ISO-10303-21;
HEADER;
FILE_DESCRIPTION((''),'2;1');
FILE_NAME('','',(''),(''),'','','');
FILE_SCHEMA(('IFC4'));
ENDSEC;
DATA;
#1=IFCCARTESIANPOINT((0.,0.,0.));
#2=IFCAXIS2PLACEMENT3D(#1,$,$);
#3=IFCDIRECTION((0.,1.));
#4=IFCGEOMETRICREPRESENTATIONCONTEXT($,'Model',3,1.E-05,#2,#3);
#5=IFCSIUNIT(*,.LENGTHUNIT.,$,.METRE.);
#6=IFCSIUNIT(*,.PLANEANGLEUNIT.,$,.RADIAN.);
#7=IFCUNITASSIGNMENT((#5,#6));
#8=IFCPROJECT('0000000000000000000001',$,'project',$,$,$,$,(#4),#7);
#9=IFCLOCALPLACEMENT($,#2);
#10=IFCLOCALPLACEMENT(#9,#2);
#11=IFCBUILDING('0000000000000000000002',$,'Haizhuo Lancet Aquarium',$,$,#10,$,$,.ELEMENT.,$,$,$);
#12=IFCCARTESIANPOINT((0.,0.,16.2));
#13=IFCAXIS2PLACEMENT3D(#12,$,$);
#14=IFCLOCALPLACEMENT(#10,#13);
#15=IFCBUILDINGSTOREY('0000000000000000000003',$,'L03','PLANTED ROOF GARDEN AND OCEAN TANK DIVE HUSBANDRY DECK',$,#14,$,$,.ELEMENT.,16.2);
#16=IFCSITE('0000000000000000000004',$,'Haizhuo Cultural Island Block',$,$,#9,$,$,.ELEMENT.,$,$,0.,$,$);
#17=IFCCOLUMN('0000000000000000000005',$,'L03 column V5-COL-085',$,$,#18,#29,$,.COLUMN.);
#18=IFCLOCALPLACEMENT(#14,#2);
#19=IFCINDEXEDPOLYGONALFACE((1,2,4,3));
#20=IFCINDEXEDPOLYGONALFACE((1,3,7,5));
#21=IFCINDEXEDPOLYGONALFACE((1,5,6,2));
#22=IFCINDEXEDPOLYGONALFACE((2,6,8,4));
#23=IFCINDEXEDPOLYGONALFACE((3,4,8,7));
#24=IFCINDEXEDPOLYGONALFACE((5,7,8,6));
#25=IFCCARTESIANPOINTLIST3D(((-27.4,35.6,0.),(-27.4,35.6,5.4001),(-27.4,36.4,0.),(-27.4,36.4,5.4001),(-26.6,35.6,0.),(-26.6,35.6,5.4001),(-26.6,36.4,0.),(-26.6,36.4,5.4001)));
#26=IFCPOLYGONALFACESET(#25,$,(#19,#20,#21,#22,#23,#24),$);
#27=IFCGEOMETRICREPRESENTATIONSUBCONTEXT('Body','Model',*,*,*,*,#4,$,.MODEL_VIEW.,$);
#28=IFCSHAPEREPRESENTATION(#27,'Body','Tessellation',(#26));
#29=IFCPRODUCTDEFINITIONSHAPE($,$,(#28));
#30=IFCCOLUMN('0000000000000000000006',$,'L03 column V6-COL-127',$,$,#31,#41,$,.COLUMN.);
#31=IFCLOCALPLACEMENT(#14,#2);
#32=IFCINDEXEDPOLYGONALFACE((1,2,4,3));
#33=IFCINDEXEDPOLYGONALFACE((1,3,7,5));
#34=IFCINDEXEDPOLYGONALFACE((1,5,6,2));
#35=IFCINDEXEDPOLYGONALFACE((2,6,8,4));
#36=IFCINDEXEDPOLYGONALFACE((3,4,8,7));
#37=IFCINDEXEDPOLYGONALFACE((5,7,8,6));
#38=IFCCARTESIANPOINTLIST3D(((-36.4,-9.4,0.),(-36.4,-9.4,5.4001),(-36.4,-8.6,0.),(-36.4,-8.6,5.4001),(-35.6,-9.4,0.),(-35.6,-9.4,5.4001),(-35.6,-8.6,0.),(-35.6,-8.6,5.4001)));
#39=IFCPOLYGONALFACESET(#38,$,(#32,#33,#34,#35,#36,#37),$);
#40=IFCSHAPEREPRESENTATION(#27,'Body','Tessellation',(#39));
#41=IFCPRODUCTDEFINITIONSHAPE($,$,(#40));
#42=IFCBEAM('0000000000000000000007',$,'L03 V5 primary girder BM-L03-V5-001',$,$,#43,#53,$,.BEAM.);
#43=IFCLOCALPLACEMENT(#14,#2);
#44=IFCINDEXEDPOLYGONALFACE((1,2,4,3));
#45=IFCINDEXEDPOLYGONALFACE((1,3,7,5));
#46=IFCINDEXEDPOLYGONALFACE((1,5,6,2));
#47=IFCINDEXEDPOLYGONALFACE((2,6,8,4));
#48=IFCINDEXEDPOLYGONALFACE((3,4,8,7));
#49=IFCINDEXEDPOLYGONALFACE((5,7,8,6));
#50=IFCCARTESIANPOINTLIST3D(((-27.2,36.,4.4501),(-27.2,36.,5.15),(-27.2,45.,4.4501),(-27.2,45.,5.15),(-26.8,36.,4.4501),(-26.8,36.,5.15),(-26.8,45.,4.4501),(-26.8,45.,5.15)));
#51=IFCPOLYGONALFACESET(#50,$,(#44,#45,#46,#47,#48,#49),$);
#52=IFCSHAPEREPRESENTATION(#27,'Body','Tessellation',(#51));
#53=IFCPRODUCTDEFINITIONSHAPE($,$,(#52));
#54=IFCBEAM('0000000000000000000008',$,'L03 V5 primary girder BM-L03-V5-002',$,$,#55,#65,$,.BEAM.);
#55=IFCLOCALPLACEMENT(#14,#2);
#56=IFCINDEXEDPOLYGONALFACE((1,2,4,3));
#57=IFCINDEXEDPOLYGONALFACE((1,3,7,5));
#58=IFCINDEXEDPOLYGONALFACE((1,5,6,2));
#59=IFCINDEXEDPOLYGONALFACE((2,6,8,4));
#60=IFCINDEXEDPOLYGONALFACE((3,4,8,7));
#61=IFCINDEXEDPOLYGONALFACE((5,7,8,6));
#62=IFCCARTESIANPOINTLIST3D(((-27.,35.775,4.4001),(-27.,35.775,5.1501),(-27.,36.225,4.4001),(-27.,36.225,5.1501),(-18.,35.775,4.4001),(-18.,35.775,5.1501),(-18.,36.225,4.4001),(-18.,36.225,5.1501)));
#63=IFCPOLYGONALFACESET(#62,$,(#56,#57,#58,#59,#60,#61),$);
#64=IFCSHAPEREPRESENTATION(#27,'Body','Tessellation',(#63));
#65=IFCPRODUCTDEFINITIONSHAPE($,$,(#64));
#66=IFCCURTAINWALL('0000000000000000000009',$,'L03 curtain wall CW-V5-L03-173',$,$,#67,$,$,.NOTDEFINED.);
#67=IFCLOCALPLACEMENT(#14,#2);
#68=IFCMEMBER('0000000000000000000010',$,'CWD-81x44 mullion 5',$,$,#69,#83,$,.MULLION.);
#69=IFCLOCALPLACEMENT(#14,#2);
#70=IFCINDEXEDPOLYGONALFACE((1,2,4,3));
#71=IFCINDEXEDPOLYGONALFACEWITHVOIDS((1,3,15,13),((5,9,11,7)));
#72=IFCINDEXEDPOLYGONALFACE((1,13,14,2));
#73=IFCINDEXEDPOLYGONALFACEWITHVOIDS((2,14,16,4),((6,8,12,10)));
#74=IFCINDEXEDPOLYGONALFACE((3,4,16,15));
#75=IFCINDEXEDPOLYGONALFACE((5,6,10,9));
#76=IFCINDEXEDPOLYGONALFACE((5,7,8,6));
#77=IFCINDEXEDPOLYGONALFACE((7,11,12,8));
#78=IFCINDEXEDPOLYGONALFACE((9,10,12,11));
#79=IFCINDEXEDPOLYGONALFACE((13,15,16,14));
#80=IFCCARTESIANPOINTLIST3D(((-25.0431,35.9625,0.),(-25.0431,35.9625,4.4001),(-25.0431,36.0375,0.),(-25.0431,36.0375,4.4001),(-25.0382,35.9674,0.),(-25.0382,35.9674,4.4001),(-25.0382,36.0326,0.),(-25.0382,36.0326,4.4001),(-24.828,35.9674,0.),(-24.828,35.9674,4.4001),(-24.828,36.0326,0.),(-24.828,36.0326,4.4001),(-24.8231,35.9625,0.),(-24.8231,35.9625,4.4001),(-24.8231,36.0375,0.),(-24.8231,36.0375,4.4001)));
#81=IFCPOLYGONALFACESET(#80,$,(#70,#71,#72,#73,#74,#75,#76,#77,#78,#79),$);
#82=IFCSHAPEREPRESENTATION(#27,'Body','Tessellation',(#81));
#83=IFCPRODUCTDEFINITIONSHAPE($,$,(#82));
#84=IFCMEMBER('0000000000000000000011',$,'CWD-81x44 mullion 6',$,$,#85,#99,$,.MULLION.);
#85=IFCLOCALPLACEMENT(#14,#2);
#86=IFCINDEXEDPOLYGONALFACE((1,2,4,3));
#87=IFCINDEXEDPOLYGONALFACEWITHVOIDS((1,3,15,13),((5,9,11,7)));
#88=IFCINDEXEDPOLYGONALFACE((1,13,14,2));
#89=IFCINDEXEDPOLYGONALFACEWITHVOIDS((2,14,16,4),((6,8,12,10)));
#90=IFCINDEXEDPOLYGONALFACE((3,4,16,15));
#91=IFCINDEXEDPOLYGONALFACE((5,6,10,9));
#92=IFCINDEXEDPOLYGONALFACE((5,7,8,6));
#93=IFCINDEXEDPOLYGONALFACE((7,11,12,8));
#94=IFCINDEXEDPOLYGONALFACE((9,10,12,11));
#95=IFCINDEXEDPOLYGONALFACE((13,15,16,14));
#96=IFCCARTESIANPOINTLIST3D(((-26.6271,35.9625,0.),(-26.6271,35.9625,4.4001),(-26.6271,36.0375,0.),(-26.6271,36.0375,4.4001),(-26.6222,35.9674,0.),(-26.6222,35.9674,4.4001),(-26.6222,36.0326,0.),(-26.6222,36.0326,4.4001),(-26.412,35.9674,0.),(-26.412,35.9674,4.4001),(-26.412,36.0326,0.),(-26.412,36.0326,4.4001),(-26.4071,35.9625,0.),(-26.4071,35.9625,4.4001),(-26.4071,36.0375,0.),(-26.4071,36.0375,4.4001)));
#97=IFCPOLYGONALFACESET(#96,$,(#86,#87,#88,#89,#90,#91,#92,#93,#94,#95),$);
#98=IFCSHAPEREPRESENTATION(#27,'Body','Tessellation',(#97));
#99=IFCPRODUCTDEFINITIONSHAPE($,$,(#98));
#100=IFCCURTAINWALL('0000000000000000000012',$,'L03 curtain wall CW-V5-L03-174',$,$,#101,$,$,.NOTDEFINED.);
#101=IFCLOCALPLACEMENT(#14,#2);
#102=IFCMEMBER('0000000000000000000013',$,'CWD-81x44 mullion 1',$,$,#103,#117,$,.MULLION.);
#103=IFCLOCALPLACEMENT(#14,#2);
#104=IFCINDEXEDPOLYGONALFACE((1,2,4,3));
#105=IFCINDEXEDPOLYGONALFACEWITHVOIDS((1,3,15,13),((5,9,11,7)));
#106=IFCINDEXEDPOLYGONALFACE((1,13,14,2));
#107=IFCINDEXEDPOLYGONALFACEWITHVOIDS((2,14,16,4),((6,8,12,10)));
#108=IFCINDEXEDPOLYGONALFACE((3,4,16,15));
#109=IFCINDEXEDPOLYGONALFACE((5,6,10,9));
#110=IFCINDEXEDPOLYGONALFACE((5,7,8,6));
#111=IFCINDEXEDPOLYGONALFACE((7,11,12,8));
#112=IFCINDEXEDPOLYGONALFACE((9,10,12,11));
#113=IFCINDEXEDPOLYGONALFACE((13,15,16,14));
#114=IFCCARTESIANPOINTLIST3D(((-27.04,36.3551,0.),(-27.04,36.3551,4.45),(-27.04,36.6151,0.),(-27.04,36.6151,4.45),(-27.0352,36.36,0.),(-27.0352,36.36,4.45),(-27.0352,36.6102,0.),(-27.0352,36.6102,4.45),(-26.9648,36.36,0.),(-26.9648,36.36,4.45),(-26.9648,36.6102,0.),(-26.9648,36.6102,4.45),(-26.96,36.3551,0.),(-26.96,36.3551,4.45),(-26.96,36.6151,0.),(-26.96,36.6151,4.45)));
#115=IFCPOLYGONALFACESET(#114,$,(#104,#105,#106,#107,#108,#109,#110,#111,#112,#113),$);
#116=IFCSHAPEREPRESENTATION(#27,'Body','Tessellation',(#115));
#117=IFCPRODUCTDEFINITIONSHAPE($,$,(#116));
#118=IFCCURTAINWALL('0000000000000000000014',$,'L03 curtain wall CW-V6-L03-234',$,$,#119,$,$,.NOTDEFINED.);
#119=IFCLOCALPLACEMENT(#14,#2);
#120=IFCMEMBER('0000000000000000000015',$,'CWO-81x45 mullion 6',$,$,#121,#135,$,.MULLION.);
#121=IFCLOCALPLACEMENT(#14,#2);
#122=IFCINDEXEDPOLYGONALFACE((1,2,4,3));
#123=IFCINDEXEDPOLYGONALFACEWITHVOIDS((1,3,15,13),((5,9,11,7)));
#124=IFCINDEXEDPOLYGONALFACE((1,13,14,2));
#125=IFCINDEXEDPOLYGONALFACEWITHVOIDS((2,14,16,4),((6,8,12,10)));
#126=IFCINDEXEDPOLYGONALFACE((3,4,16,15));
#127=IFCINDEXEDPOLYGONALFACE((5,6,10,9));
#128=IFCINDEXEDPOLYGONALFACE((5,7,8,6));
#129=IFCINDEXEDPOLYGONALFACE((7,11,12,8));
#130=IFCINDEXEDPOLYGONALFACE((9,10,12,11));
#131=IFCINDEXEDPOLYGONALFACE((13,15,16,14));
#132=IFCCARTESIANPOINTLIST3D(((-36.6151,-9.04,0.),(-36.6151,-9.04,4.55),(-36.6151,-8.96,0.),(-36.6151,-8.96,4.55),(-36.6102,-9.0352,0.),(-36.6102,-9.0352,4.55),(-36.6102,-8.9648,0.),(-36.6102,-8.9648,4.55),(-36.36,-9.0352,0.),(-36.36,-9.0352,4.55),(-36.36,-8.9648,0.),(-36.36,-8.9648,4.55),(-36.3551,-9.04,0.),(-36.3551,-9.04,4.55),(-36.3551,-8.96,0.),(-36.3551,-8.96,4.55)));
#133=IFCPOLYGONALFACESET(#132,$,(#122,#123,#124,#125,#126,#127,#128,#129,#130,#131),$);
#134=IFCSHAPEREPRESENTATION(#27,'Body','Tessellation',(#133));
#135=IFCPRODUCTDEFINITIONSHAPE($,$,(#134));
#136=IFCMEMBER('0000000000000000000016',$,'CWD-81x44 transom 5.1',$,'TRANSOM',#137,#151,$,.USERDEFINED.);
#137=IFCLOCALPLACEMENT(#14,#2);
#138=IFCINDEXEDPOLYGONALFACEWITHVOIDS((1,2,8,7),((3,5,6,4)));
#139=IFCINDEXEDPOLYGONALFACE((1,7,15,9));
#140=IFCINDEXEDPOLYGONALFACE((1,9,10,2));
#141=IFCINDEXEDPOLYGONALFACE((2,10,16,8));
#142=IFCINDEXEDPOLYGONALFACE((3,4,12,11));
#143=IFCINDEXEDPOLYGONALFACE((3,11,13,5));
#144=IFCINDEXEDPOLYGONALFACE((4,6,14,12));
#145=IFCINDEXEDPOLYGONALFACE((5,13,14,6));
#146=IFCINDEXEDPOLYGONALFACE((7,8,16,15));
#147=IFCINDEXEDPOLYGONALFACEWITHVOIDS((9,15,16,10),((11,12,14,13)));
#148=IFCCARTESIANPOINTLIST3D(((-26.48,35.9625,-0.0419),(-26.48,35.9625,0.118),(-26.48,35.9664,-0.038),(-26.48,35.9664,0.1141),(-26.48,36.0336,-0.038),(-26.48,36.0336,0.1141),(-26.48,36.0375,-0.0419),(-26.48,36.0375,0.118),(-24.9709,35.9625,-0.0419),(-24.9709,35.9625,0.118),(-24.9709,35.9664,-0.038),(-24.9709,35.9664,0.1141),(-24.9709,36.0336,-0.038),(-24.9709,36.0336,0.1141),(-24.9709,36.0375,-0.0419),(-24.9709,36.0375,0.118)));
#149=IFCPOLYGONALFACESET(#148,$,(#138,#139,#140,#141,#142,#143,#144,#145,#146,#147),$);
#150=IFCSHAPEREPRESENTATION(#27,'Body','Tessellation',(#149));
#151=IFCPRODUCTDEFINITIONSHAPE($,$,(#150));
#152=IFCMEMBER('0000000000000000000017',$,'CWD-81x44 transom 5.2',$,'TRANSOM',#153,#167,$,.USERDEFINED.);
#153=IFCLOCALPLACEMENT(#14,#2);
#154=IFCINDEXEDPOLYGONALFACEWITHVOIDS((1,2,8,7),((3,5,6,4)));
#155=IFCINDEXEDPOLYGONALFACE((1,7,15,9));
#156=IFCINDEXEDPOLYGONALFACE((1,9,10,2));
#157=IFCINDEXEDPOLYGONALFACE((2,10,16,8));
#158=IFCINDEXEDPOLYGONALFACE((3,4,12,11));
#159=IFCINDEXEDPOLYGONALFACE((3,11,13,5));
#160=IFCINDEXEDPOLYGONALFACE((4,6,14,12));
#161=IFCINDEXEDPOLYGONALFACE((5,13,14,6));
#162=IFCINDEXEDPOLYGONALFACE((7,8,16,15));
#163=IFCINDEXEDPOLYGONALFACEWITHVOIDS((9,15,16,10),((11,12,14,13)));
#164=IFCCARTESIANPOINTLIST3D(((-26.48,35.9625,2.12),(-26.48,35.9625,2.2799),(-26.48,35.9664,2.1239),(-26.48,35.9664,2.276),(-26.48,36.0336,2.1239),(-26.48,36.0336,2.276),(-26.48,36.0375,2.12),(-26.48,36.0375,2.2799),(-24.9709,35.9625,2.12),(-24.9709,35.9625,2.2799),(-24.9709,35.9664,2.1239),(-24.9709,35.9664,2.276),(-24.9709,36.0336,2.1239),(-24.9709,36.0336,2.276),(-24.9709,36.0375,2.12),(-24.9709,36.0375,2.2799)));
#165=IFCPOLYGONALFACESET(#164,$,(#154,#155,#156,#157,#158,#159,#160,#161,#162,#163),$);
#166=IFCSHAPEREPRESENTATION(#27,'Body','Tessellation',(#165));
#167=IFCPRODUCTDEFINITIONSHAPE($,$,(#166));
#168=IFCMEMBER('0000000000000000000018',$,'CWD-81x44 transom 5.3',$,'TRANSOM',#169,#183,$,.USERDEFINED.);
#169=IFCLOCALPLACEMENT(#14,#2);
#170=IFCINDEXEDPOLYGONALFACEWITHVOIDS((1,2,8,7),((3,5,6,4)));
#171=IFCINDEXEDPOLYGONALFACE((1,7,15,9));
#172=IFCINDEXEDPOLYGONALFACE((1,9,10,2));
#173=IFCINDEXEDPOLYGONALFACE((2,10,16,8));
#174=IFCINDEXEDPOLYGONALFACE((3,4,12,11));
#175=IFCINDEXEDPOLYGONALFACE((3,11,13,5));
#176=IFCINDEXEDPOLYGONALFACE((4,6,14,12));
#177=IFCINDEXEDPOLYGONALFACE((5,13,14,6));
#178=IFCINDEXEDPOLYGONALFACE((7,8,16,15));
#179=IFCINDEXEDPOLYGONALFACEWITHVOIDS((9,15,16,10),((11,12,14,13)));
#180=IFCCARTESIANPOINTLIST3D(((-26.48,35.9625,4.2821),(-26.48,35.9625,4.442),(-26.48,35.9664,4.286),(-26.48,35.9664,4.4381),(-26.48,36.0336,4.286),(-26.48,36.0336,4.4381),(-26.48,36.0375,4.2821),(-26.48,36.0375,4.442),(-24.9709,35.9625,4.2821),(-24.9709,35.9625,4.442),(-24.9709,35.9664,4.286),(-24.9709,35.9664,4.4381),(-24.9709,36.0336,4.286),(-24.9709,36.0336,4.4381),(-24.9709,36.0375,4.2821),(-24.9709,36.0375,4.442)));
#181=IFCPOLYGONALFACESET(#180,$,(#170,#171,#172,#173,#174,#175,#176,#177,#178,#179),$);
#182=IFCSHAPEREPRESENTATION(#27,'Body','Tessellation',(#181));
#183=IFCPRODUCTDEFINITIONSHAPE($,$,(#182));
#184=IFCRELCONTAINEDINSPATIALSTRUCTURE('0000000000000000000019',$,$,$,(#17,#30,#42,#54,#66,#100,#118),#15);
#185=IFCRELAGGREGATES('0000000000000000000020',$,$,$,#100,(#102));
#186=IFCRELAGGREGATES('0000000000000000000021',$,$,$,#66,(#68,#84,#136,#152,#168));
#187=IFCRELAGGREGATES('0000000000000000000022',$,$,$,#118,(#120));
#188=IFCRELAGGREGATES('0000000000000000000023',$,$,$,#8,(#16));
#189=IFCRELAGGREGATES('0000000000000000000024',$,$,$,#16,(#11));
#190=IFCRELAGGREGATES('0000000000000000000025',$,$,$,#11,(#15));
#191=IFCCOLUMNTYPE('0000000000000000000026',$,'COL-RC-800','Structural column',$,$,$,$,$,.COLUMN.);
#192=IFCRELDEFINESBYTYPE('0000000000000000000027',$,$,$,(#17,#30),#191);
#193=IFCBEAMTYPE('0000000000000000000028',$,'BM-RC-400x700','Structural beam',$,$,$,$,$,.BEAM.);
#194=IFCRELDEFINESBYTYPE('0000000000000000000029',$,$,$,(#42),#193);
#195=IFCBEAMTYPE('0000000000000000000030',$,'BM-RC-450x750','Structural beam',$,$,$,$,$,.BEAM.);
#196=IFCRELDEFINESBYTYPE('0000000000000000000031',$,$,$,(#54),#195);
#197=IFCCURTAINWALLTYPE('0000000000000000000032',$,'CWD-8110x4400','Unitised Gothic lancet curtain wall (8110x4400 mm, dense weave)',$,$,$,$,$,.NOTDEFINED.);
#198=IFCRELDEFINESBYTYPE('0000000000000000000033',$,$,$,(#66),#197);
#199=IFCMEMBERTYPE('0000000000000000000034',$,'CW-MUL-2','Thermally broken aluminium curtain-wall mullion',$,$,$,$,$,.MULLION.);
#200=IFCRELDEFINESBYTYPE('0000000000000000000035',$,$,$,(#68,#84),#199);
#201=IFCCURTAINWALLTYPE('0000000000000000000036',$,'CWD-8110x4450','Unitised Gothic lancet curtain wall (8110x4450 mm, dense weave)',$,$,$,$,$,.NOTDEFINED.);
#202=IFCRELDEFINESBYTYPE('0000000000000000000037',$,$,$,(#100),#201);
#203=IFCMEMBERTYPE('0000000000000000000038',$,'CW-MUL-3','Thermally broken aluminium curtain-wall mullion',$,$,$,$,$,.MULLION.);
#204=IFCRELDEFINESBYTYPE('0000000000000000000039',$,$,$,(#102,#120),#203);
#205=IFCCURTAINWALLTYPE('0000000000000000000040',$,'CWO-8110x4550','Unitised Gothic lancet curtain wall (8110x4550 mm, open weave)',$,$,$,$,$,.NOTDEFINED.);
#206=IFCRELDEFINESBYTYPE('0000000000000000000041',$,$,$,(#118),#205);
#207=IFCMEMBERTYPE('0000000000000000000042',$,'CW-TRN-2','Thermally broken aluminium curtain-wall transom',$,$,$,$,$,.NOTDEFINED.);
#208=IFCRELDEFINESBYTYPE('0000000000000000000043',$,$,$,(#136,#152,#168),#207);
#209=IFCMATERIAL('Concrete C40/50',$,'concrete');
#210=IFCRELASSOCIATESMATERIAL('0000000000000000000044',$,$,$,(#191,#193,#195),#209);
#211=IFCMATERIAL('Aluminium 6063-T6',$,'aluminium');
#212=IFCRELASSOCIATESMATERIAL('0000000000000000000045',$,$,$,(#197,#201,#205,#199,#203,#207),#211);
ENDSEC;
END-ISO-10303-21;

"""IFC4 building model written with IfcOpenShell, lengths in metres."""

from ifc_helpers import new_model, si_unit, direction, frame, origin, origin_2d, place, context, subcontext, project, spatial, rectangle, hollow_rectangle, extrude, material, material_profile, profile_set, type_object, element, aggregate, save


model = new_model("IFC4")

# Units and contexts
model_context = context("Model", 3, precision=1e-05, world=origin(), true_north=direction((0.0, 1.0)))
body_context = subcontext(model_context, "Body", "Model", "MODEL_VIEW")
ifc_project = project(units=[si_unit("LENGTHUNIT", "METRE"), si_unit("PLANEANGLEUNIT", "RADIAN")], contexts=[model_context])

# Site, building, storey
site_placement = place(None, origin())
site = spatial("IfcSite", under=ifc_project, at=site_placement, Name="Haizhuo Cultural Island Block", CompositionType="ELEMENT", RefElevation=0.0)
building_placement = place(site_placement, origin())
building = spatial("IfcBuilding", under=site, at=building_placement, Name="Haizhuo Lancet Aquarium", CompositionType="ELEMENT")
storey_placement = place(building_placement, frame((0.0, 0.0, 16.2)))
storey = spatial("IfcBuildingStorey", under=building, at=storey_placement, Name="L03", Description="PLANTED ROOF GARDEN AND OCEAN TANK DIVE HUSBANDRY DECK", CompositionType="ELEMENT", Elevation=16.2)

# Columns
ifc_material_1 = material(Name="Concrete C40/50", Category="concrete")
ifc_material_profile_1 = material_profile(ifc_material_1, rectangle(XDim=0.8, YDim=0.8, at=origin_2d()), Name="RC-COL 800x800")
ifc_profile_set_1 = profile_set([ifc_material_profile_1], Name="Concrete C40/50")
column_type = type_object("IfcColumnType", Name="COL-RC-800", Description="Structural column", PredefinedType="COLUMN", material=ifc_profile_set_1)
for number, where, z_axis, x_axis, name in (
    (1, (-27.0, 36.0, 0.0), (0.0, 0.0, 1.0), (1.0, 0.0, 0.0), "L03 column V5-COL-085"),
    (2, (-36.0, -9.0, 0.0), (0.0, 0.0, 1.0), (1.0, 0.0, 0.0), "L03 column V6-COL-127"),
):
    element("IfcColumn", number, at=place(storey_placement, frame(where, z_axis=z_axis, x_axis=x_axis)), inside=storey, type_object=column_type, Name=name, PredefinedType="COLUMN", context=body_context, shape_type="SweptSolid", body=[
        extrude(rectangle(XDim=0.8, YDim=0.8, at=origin_2d()), origin(), (0.0, 0.0, 1.0), 5.4001),
    ])

# Beams
ifc_material_profile_2 = material_profile(ifc_material_1, rectangle(XDim=0.3999, YDim=0.7, at=origin_2d()), Name="RC-BM 400x700")
ifc_profile_set_2 = profile_set([ifc_material_profile_2], Name="Concrete C40/50")
beam_type_1 = type_object("IfcBeamType", Name="BM-RC-400x700", Description="Structural beam", PredefinedType="BEAM", material=ifc_profile_set_2)
beam_1_placement = place(storey_placement, frame((-27.0, 36.0, 4.8), z_axis=(0.0, 1.0, 0.0), x_axis=(-1.0, 0.0, 0.0)))
element("IfcBeam", 3, at=beam_1_placement, inside=storey, type_object=beam_type_1, Name="L03 V5 primary girder BM-L03-V5-001", PredefinedType="BEAM", context=body_context, shape_type="SweptSolid", body=[
    extrude(rectangle(XDim=0.3999, YDim=0.7, at=origin_2d()), origin(), (0.0, 0.0, 1.0), 9.0),
])
ifc_material_profile_3 = material_profile(ifc_material_1, rectangle(XDim=0.45, YDim=0.75, at=origin_2d()), Name="RC-BM 450x750")
ifc_profile_set_3 = profile_set([ifc_material_profile_3], Name="Concrete C40/50")
beam_type_2 = type_object("IfcBeamType", Name="BM-RC-450x750", Description="Structural beam", PredefinedType="BEAM", material=ifc_profile_set_3)
beam_2_placement = place(storey_placement, frame((-27.0, 36.0, 4.7751), z_axis=(1.0, 0.0, 0.0), x_axis=(0.0, 1.0, 0.0)))
element("IfcBeam", 4, at=beam_2_placement, inside=storey, type_object=beam_type_2, Name="L03 V5 primary girder BM-L03-V5-002", PredefinedType="BEAM", context=body_context, shape_type="SweptSolid", body=[
    extrude(rectangle(XDim=0.45, YDim=0.75, at=origin_2d()), origin(), (0.0, 0.0, 1.0), 9.0),
])

# Curtain wall, members
ifc_material_2 = material(Name="Aluminium 6063-T6", Category="aluminium")
curtain_wall_type_1 = type_object("IfcCurtainWallType", Name="CWD-8110x4400", Description="Unitised Gothic lancet curtain wall (8110x4400 mm, dense weave)", PredefinedType="NOTDEFINED", material=ifc_material_2)
curtain_wall_1_placement = place(storey_placement, origin())
curtain_wall_1 = element("IfcCurtainWall", 5, at=curtain_wall_1_placement, inside=storey, type_object=curtain_wall_type_1, Name="L03 curtain wall CW-V5-L03-173", PredefinedType="NOTDEFINED")
ifc_material_profile_4 = material_profile(ifc_material_2, hollow_rectangle(XDim=0.075, YDim=0.22, WallThickness=0.0049, at=origin_2d()), Name="ALU-M 75x220x5")
ifc_profile_set_4 = profile_set([ifc_material_profile_4], Name="Aluminium 6063-T6")
member_type_1 = type_object("IfcMemberType", Name="CW-MUL-2", Description="Thermally broken aluminium curtain-wall mullion", PredefinedType="MULLION", material=ifc_profile_set_4)
member_1_placement = place(storey_placement, frame((-24.9331, 36.0, 0.0), z_axis=(0.0, 0.0, 1.0), x_axis=(0.0, -1.0, 0.0)))
member_1 = element("IfcMember", 6, at=member_1_placement, type_object=member_type_1, Name="CWD-81x44 mullion 5", PredefinedType="MULLION", context=body_context, shape_type="SweptSolid", body=[
    extrude(hollow_rectangle(XDim=0.075, YDim=0.22, WallThickness=0.0049, at=origin_2d()), origin(), (0.0, 0.0, 1.0), 4.4001),
])
member_2_placement = place(storey_placement, frame((-26.5171, 36.0, 0.0), z_axis=(0.0, 0.0, 1.0), x_axis=(0.0, -1.0, 0.0)))
member_2 = element("IfcMember", 7, at=member_2_placement, type_object=member_type_1, Name="CWD-81x44 mullion 6", PredefinedType="MULLION", context=body_context, shape_type="SweptSolid", body=[
    extrude(hollow_rectangle(XDim=0.075, YDim=0.22, WallThickness=0.0049, at=origin_2d()), origin(), (0.0, 0.0, 1.0), 4.4001),
])

# Curtain walls, members
curtain_wall_type_2 = type_object("IfcCurtainWallType", Name="CWD-8110x4450", Description="Unitised Gothic lancet curtain wall (8110x4450 mm, dense weave)", PredefinedType="NOTDEFINED", material=ifc_material_2)
curtain_wall_2_placement = place(storey_placement, origin())
curtain_wall_2 = element("IfcCurtainWall", 8, at=curtain_wall_2_placement, inside=storey, type_object=curtain_wall_type_2, Name="L03 curtain wall CW-V5-L03-174", PredefinedType="NOTDEFINED")
ifc_material_profile_5 = material_profile(ifc_material_2, hollow_rectangle(XDim=0.0801, YDim=0.26, WallThickness=0.0049, at=origin_2d()), Name="ALU-M 80x260x5")
ifc_profile_set_5 = profile_set([ifc_material_profile_5], Name="Aluminium 6063-T6")
member_type_2 = type_object("IfcMemberType", Name="CW-MUL-3", Description="Thermally broken aluminium curtain-wall mullion", PredefinedType="MULLION", material=ifc_profile_set_5)
member_3_placement = place(storey_placement, frame((-27.0, 36.4851, 0.0), z_axis=(0.0, 0.0, 1.0), x_axis=(-1.0, 0.0, 0.0)))
member_3 = element("IfcMember", 9, at=member_3_placement, type_object=member_type_2, Name="CWD-81x44 mullion 1", PredefinedType="MULLION", context=body_context, shape_type="SweptSolid", body=[
    extrude(hollow_rectangle(XDim=0.0801, YDim=0.26, WallThickness=0.0049, at=origin_2d()), origin(), (0.0, 0.0, 1.0), 4.45),
])
curtain_wall_type_3 = type_object("IfcCurtainWallType", Name="CWO-8110x4550", Description="Unitised Gothic lancet curtain wall (8110x4550 mm, open weave)", PredefinedType="NOTDEFINED", material=ifc_material_2)
curtain_wall_3_placement = place(storey_placement, origin())
curtain_wall_3 = element("IfcCurtainWall", 10, at=curtain_wall_3_placement, inside=storey, type_object=curtain_wall_type_3, Name="L03 curtain wall CW-V6-L03-234", PredefinedType="NOTDEFINED")
member_4_placement = place(storey_placement, frame((-36.4851, -9.0, 0.0), z_axis=(0.0, 0.0, 1.0), x_axis=(0.0, 1.0, 0.0)))
member_4 = element("IfcMember", 11, at=member_4_placement, type_object=member_type_2, Name="CWO-81x45 mullion 6", PredefinedType="MULLION", context=body_context, shape_type="SweptSolid", body=[
    extrude(hollow_rectangle(XDim=0.0801, YDim=0.26, WallThickness=0.0049, at=origin_2d()), origin(), (0.0, 0.0, 1.0), 4.55),
])

# Members
ifc_material_profile_6 = material_profile(ifc_material_2, hollow_rectangle(XDim=0.075, YDim=0.1599, WallThickness=0.0039, at=origin_2d()), Name="ALU-T 75x160x4")
ifc_profile_set_6 = profile_set([ifc_material_profile_6], Name="Aluminium 6063-T6")
member_type_3 = type_object("IfcMemberType", Name="CW-TRN-2", Description="Thermally broken aluminium curtain-wall transom", PredefinedType="NOTDEFINED", material=ifc_profile_set_6)
member_5_placement = place(storey_placement, frame((-24.9709, 36.0, 0.0381), z_axis=(-1.0, 0.0, 0.0), x_axis=(0.0, -1.0, 0.0)))
member_5 = element("IfcMember", 12, at=member_5_placement, type_object=member_type_3, Name="CWD-81x44 transom 5.1", ObjectType="TRANSOM", PredefinedType="USERDEFINED", context=body_context, shape_type="SweptSolid", body=[
    extrude(hollow_rectangle(XDim=0.075, YDim=0.1599, WallThickness=0.0039, at=origin_2d()), origin(), (0.0, 0.0, 1.0), 1.509),
])
member_6_placement = place(storey_placement, frame((-24.9709, 36.0, 2.2), z_axis=(-1.0, 0.0, 0.0), x_axis=(0.0, -1.0, 0.0)))
member_6 = element("IfcMember", 13, at=member_6_placement, type_object=member_type_3, Name="CWD-81x44 transom 5.2", ObjectType="TRANSOM", PredefinedType="USERDEFINED", context=body_context, shape_type="SweptSolid", body=[
    extrude(hollow_rectangle(XDim=0.075, YDim=0.1599, WallThickness=0.0039, at=origin_2d()), origin(), (0.0, 0.0, 1.0), 1.509),
])
member_7_placement = place(storey_placement, frame((-24.9709, 36.0, 4.3621), z_axis=(-1.0, 0.0, 0.0), x_axis=(0.0, -1.0, 0.0)))
member_7 = element("IfcMember", 14, at=member_7_placement, type_object=member_type_3, Name="CWD-81x44 transom 5.3", ObjectType="TRANSOM", PredefinedType="USERDEFINED", context=body_context, shape_type="SweptSolid", body=[
    extrude(hollow_rectangle(XDim=0.075, YDim=0.1599, WallThickness=0.0039, at=origin_2d()), origin(), (0.0, 0.0, 1.0), 1.509),
])
aggregate(curtain_wall_2, [member_3])

aggregate(curtain_wall_1, [member_1, member_2, member_5, member_6, member_7])
aggregate(curtain_wall_3, [member_4])

save(model, "model.ifc")
